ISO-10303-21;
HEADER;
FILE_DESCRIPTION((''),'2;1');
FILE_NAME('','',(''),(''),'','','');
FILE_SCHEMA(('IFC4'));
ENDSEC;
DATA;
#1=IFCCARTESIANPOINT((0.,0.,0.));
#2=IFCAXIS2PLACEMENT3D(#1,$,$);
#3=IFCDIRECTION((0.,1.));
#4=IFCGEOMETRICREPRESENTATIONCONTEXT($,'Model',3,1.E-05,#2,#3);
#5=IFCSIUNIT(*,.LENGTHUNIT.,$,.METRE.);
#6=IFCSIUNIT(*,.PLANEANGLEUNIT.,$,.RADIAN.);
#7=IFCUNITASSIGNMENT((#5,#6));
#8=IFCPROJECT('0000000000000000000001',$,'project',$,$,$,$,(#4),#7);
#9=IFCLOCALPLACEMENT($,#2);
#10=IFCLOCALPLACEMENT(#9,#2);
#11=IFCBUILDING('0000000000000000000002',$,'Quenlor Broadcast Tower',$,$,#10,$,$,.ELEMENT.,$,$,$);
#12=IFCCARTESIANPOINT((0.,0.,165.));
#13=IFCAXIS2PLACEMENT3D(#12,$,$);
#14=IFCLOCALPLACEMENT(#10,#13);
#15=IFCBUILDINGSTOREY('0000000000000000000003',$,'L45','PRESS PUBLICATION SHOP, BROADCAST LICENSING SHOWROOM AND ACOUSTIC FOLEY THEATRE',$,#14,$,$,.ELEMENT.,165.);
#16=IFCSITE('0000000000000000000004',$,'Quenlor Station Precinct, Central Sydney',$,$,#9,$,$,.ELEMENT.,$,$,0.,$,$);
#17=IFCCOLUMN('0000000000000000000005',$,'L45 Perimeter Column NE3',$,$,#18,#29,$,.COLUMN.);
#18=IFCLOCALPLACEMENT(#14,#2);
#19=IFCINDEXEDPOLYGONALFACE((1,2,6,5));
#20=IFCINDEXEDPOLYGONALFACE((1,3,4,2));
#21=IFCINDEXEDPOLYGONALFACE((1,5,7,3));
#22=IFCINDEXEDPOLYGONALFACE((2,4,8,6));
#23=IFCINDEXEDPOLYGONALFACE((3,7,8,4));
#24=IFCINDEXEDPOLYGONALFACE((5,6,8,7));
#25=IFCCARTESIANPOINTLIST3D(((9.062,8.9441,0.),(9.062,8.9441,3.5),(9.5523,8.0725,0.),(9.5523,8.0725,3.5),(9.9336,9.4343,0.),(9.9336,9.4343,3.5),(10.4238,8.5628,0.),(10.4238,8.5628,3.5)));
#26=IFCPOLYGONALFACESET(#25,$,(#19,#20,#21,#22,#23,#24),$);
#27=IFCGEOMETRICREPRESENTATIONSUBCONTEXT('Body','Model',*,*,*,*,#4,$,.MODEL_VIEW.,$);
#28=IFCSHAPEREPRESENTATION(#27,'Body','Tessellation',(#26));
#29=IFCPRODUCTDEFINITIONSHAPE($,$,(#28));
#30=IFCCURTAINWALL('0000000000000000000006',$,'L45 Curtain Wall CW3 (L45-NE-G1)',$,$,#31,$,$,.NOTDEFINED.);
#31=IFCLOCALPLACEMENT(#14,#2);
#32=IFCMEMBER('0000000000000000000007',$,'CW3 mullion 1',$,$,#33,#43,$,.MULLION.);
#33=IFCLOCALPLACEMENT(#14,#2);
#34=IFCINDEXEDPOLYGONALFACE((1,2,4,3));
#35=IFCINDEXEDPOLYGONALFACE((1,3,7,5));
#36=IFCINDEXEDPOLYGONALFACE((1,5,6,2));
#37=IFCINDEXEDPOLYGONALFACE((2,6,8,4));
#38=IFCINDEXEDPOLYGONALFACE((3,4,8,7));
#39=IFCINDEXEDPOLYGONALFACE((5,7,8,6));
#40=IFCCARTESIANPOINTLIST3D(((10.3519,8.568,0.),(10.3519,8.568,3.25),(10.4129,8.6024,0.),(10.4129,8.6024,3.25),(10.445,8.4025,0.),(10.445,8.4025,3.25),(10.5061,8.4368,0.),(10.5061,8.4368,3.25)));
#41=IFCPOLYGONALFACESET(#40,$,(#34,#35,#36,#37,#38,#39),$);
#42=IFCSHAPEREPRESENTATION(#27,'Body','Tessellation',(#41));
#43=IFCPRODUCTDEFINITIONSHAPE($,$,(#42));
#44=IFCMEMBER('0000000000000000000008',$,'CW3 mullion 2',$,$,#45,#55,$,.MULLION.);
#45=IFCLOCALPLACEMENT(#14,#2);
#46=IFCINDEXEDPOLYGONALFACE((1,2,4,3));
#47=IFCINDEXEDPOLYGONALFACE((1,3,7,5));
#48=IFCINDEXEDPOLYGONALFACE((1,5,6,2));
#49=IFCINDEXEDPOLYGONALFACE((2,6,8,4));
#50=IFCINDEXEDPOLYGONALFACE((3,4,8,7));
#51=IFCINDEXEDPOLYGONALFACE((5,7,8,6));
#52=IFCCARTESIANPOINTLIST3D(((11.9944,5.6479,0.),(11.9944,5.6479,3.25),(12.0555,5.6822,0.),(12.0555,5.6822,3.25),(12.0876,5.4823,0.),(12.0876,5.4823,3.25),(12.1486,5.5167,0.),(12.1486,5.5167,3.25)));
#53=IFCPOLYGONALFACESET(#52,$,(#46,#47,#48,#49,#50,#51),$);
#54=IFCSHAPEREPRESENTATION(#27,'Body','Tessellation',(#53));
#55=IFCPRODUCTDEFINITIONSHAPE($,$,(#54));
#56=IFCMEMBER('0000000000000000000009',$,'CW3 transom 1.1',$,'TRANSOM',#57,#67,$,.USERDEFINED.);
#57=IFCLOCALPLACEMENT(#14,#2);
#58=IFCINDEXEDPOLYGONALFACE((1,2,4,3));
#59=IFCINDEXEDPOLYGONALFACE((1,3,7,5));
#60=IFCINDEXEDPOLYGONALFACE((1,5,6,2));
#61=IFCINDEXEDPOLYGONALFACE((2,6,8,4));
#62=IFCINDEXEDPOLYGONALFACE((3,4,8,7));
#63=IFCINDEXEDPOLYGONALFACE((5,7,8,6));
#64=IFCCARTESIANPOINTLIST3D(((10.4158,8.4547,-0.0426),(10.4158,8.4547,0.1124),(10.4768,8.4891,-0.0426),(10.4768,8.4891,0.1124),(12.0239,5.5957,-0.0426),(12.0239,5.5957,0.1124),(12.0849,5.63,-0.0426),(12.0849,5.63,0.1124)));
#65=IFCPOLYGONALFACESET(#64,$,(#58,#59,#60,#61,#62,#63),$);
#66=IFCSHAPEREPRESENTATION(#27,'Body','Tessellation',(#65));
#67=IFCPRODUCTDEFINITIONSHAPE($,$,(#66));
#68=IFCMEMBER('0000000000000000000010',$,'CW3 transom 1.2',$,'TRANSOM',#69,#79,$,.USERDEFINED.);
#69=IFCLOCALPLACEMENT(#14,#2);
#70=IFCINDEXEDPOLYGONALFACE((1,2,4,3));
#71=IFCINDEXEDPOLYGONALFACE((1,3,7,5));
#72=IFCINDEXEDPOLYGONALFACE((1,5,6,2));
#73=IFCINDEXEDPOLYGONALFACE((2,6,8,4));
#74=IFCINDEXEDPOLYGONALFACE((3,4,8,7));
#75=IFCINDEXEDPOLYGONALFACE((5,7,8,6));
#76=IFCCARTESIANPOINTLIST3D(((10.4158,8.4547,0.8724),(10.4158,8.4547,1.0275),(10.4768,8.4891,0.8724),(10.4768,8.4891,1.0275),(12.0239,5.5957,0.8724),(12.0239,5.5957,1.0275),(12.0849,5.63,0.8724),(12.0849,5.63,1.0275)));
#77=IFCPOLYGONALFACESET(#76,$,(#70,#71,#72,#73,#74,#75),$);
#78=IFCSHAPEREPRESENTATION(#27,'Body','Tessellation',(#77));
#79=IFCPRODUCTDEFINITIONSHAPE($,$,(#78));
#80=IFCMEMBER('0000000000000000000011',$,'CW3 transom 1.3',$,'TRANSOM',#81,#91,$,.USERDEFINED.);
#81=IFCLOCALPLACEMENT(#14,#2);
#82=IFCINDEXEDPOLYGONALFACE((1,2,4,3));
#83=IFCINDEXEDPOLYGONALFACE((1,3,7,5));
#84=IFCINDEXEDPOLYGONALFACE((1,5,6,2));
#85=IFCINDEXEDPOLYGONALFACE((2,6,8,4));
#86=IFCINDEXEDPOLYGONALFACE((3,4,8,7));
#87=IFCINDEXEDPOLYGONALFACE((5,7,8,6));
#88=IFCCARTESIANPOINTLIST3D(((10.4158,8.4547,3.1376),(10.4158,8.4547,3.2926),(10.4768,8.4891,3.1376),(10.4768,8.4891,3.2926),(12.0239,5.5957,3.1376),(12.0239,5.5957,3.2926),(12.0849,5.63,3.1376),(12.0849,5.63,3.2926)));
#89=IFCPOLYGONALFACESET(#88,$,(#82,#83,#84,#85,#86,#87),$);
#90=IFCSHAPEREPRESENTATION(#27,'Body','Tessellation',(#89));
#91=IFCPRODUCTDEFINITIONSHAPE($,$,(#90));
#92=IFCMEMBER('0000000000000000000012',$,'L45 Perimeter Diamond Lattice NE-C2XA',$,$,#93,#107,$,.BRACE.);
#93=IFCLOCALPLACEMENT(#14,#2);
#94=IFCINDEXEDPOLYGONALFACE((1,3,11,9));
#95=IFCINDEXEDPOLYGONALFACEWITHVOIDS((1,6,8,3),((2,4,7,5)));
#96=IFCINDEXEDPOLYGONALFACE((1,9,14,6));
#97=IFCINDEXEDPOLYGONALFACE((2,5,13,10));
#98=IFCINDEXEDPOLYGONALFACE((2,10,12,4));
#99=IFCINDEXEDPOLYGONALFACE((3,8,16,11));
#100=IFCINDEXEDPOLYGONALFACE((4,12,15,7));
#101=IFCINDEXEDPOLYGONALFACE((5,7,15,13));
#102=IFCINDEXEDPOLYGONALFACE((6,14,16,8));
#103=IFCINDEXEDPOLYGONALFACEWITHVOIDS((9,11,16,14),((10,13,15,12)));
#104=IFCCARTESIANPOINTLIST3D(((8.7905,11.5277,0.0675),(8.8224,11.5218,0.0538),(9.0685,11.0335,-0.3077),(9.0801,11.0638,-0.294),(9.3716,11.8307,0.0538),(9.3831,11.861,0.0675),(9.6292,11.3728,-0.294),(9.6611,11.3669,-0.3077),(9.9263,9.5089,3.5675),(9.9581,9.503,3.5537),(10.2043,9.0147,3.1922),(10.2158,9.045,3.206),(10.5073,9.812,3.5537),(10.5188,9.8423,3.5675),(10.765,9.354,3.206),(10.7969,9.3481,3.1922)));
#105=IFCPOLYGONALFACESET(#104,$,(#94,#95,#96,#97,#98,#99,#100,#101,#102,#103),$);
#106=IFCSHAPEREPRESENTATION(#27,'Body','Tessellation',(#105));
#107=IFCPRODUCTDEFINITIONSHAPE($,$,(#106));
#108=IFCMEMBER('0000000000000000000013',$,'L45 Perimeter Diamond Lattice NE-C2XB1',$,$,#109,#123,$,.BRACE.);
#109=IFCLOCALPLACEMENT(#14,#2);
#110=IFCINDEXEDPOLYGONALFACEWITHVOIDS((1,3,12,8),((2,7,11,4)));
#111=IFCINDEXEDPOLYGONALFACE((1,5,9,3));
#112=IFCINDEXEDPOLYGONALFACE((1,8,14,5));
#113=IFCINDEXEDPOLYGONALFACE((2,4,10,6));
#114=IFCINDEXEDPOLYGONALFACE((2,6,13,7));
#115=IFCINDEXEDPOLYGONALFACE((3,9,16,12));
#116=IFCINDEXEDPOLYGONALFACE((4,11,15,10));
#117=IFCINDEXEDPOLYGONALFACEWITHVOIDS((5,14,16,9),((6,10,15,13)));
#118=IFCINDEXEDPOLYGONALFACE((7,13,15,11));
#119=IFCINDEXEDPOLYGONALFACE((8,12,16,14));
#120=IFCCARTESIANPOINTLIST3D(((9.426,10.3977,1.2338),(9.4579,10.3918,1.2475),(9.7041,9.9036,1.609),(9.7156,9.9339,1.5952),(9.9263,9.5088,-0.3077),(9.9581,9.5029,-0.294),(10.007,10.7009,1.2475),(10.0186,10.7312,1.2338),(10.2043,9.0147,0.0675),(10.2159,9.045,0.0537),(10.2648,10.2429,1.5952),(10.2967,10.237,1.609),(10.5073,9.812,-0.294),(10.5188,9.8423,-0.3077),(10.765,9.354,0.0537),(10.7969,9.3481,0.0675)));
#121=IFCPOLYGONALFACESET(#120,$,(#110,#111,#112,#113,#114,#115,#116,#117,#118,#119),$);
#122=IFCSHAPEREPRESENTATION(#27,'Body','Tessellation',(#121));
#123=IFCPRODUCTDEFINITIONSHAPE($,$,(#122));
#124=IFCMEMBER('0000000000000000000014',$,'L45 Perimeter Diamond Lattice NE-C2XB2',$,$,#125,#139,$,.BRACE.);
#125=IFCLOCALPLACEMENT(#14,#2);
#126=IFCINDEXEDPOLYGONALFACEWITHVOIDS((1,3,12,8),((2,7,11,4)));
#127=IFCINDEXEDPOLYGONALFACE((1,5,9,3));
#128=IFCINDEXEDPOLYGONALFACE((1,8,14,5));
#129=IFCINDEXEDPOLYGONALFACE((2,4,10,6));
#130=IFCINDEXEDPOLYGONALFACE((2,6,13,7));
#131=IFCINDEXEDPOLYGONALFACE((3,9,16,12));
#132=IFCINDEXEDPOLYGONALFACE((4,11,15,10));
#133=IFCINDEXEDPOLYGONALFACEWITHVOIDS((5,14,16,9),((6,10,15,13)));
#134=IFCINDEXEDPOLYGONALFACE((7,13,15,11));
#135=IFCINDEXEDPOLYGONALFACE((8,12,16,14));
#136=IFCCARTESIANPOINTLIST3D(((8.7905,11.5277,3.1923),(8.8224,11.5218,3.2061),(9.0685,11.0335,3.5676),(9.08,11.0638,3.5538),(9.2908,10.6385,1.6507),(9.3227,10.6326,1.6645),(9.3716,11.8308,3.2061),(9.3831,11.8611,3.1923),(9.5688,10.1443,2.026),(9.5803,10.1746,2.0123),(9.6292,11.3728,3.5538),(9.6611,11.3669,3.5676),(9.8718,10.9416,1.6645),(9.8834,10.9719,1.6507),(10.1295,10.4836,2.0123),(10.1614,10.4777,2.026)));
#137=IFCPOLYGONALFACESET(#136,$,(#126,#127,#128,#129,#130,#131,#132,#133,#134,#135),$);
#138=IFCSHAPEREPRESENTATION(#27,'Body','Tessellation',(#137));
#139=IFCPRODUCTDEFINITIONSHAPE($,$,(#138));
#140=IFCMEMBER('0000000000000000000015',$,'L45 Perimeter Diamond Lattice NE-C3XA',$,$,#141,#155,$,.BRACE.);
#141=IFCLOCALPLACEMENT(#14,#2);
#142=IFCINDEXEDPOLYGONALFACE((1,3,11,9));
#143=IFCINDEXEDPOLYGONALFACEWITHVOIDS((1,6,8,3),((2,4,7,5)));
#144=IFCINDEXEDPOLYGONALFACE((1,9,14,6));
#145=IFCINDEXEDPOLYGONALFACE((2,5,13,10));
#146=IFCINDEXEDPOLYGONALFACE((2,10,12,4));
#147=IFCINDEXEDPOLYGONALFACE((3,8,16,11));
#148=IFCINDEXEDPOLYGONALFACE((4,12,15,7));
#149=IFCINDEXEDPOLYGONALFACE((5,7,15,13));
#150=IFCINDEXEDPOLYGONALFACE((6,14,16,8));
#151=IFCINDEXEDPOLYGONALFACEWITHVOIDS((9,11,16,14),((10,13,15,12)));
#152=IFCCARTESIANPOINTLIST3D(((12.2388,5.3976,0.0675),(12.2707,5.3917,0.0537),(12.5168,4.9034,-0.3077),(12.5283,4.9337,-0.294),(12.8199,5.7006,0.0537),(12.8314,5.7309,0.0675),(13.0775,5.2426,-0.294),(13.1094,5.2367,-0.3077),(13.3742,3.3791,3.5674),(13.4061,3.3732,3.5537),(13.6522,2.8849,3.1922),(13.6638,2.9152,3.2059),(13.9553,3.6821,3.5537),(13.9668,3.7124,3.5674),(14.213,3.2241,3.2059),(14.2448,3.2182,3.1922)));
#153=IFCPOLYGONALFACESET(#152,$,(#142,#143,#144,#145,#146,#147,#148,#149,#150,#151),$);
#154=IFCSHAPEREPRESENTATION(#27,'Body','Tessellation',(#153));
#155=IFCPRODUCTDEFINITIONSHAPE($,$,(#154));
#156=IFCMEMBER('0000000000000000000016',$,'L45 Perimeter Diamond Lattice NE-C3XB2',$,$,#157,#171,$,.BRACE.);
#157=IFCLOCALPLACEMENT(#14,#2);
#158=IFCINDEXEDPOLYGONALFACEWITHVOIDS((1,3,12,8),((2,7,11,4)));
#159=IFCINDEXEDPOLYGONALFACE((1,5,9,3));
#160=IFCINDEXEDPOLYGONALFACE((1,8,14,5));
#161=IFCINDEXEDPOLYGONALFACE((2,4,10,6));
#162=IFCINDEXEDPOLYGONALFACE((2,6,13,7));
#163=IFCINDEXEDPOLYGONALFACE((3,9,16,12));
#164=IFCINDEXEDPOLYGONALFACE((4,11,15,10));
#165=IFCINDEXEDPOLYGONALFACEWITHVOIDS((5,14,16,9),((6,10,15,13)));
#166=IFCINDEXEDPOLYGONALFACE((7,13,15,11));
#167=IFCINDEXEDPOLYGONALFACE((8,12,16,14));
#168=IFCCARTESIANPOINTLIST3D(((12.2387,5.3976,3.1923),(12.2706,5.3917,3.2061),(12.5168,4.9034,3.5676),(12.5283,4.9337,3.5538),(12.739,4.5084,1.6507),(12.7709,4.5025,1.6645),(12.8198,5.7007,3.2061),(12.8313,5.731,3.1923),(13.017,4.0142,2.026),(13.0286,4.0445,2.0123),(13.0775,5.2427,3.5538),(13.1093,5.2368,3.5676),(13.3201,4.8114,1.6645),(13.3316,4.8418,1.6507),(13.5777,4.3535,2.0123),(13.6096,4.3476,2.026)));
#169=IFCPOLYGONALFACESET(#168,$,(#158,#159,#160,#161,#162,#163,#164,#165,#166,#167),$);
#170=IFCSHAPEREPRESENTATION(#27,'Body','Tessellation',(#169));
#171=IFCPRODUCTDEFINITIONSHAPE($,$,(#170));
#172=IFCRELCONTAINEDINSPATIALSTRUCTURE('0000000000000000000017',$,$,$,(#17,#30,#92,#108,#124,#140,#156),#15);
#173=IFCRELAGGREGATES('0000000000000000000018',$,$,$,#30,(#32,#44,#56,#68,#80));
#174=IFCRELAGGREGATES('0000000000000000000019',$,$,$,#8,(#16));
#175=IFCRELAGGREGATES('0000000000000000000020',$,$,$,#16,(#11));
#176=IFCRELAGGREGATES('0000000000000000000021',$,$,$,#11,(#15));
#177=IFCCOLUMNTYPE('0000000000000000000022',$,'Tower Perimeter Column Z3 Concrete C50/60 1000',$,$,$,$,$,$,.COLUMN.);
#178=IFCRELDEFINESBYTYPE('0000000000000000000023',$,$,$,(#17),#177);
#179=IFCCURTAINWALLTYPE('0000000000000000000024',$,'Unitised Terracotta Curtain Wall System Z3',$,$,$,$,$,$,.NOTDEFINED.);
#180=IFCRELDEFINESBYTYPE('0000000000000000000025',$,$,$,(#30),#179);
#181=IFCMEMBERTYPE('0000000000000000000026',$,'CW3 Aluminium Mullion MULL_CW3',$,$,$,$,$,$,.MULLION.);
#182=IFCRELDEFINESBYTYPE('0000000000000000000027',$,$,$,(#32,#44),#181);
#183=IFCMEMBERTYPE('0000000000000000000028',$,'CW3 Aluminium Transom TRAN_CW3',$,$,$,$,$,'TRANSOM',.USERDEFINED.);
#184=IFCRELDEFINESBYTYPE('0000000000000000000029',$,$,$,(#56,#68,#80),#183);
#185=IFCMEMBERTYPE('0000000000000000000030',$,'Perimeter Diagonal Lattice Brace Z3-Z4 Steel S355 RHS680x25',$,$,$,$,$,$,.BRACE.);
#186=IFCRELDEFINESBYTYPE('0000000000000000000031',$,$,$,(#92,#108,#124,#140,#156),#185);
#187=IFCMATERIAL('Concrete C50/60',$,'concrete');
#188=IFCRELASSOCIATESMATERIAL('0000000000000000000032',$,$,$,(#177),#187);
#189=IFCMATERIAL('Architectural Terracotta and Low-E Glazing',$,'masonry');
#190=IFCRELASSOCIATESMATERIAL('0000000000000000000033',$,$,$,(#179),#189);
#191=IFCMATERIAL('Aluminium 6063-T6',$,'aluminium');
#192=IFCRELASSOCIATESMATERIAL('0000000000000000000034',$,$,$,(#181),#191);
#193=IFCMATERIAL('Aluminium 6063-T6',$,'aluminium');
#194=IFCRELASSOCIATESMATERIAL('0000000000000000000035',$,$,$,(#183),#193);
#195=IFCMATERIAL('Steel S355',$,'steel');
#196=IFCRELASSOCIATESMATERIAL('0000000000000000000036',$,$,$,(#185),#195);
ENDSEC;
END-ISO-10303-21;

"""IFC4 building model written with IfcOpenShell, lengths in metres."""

from ifc_helpers import new_model, si_unit, direction, frame, origin, origin_2d, place, context, subcontext, project, spatial, rectangle, hollow_rectangle, extrude, material, material_profile, profile_set, type_object, element, aggregate, save


model = new_model("IFC4")

# Units and contexts
model_context = context("Model", 3, precision=1e-05, world=origin(), true_north=direction((0.0, 1.0)))
body_context = subcontext(model_context, "Body", "Model", "MODEL_VIEW")
ifc_project = project(units=[si_unit("LENGTHUNIT", "METRE"), si_unit("PLANEANGLEUNIT", "RADIAN")], contexts=[model_context])

# Site, building, storey
site_placement = place(None, origin())
site = spatial("IfcSite", under=ifc_project, at=site_placement, Name="Quenlor Station Precinct, Central Sydney", CompositionType="ELEMENT", RefElevation=0.0)
building_placement = place(site_placement, origin())
building = spatial("IfcBuilding", under=site, at=building_placement, Name="Quenlor Broadcast Tower", CompositionType="ELEMENT")
storey_placement = place(building_placement, frame((0.0, 0.0, 165.0)))
storey = spatial("IfcBuildingStorey", under=building, at=storey_placement, Name="L45", Description="PRESS PUBLICATION SHOP, BROADCAST LICENSING SHOWROOM AND ACOUSTIC FOLEY THEATRE", CompositionType="ELEMENT", Elevation=165.0)

# Column
ifc_material_1 = material(Name="Concrete C50/60", Category="concrete")
ifc_material_profile_1 = material_profile(ifc_material_1, rectangle(XDim=1.0, YDim=1.0, at=origin_2d()))
ifc_profile_set_1 = profile_set([ifc_material_profile_1], Name="Concrete C50/60 RC1000x1000")
column_type = type_object("IfcColumnType", Name="Tower Perimeter Column Z3 Concrete C50/60 1000", PredefinedType="COLUMN", material=ifc_profile_set_1)
column_placement = place(storey_placement, frame((9.7429, 8.7534, 0.0), z_axis=(0.0, 0.0, 1.0), x_axis=(0.871575, 0.490262, 0.0)))
element("IfcColumn", 1, at=column_placement, inside=storey, type_object=column_type, Name="L45 Perimeter Column NE3", PredefinedType="COLUMN", context=body_context, shape_type="SweptSolid", body=[
    extrude(rectangle(XDim=1.0, YDim=1.0, at=origin_2d()), origin(), (0.0, 0.0, 1.0), 3.5),
])

# Curtain wall, members
ifc_material_2 = material(Name="Architectural Terracotta and Low-E Glazing", Category="masonry")
curtain_wall_type = type_object("IfcCurtainWallType", Name="Unitised Terracotta Curtain Wall System Z3", PredefinedType="NOTDEFINED", material=ifc_material_2)
curtain_wall_placement = place(storey_placement, origin())
curtain_wall = element("IfcCurtainWall", 2, at=curtain_wall_placement, inside=storey, type_object=curtain_wall_type, Name="L45 Curtain Wall CW3 (L45-NE-G1)", PredefinedType="NOTDEFINED")
ifc_material_3 = material(Name="Aluminium 6063-T6", Category="aluminium")
ifc_material_profile_2 = material_profile(ifc_material_3, rectangle(XDim=0.0701, YDim=0.1899, at=origin_2d()))
ifc_profile_set_2 = profile_set([ifc_material_profile_2], Name="Aluminium 6063-T6 MULL70x190")
member_type_1 = type_object("IfcMemberType", Name="CW3 Aluminium Mullion MULL_CW3", PredefinedType="MULLION", material=ifc_profile_set_2)
member_1_placement = place(storey_placement, frame((10.429, 8.5024, 0.0), z_axis=(0.0, 0.0, 1.0), x_axis=(0.871579, 0.490256, 0.0)))
member_1 = element("IfcMember", 3, at=member_1_placement, type_object=member_type_1, Name="CW3 mullion 1", PredefinedType="MULLION", context=body_context, shape_type="SweptSolid", body=[
    extrude(rectangle(XDim=0.0701, YDim=0.1899, at=origin_2d()), origin(), (0.0, 0.0, 1.0), 3.25),
])
member_2_placement = place(storey_placement, frame((12.0715, 5.5823, 0.0), z_axis=(0.0, 0.0, 1.0), x_axis=(0.871579, 0.490256, 0.0)))
member_2 = element("IfcMember", 4, at=member_2_placement, type_object=member_type_1, Name="CW3 mullion 2", PredefinedType="MULLION", context=body_context, shape_type="SweptSolid", body=[
    extrude(rectangle(XDim=0.0701, YDim=0.1899, at=origin_2d()), origin(), (0.0, 0.0, 1.0), 3.25),
])
ifc_material_4 = material(Name="Aluminium 6063-T6", Category="aluminium")
ifc_material_profile_3 = material_profile(ifc_material_4, rectangle(XDim=0.0701, YDim=0.155, at=origin_2d()))
ifc_profile_set_3 = profile_set([ifc_material_profile_3], Name="Aluminium 6063-T6 TRAN70x155")
member_type_2 = type_object("IfcMemberType", Name="CW3 Aluminium Transom TRAN_CW3", ElementType="TRANSOM", PredefinedType="USERDEFINED", material=ifc_profile_set_3)
member_3_placement = place(storey_placement, frame((10.4463, 8.4719, 0.0349), z_axis=(0.490237, -0.871589, 0.0), x_axis=(0.871589, 0.490237, 0.0)))
member_3 = element("IfcMember", 5, at=member_3_placement, type_object=member_type_2, Name="CW3 transom 1.1", ObjectType="TRANSOM", PredefinedType="USERDEFINED", context=body_context, shape_type="SweptSolid", body=[
    extrude(rectangle(XDim=0.0701, YDim=0.155, at=origin_2d()), origin(), (0.0, 0.0, 1.0), 3.2803),
])
member_4_placement = place(storey_placement, frame((10.4463, 8.4719, 0.95), z_axis=(0.490237, -0.871589, 0.0), x_axis=(0.871589, 0.490237, 0.0)))
member_4 = element("IfcMember", 6, at=member_4_placement, type_object=member_type_2, Name="CW3 transom 1.2", ObjectType="TRANSOM", PredefinedType="USERDEFINED", context=body_context, shape_type="SweptSolid", body=[
    extrude(rectangle(XDim=0.0701, YDim=0.155, at=origin_2d()), origin(), (0.0, 0.0, 1.0), 3.2803),
])
member_5_placement = place(storey_placement, frame((10.4463, 8.4719, 3.2151), z_axis=(0.490237, -0.871589, 0.0), x_axis=(0.871589, 0.490237, 0.0)))
member_5 = element("IfcMember", 7, at=member_5_placement, type_object=member_type_2, Name="CW3 transom 1.3", ObjectType="TRANSOM", PredefinedType="USERDEFINED", context=body_context, shape_type="SweptSolid", body=[
    extrude(rectangle(XDim=0.0701, YDim=0.155, at=origin_2d()), origin(), (0.0, 0.0, 1.0), 3.2803),
])

# Members
ifc_material_5 = material(Name="Steel S355", Category="steel")
ifc_material_profile_4 = material_profile(ifc_material_5, hollow_rectangle(XDim=0.6799, YDim=0.6799, WallThickness=0.0249, at=origin_2d()))
ifc_profile_set_4 = profile_set([ifc_material_profile_4], Name="Steel S355 RHS680x680x25")
member_type_3 = type_object("IfcMemberType", Name="Perimeter Diagonal Lattice Brace Z3-Z4 Steel S355 RHS680x25", PredefinedType="BRACE", material=ifc_profile_set_4)
member_6_placement = place(storey_placement, frame((9.2258, 11.4473, -0.1201), z_axis=(0.270603, -0.481001, 0.833914), x_axis=(0.871545, 0.490316, 0.0)))
element("IfcMember", 8, at=member_6_placement, inside=storey, type_object=member_type_3, Name="L45 Perimeter Diamond Lattice NE-C2XA", PredefinedType="BRACE", context=body_context, shape_type="SweptSolid", body=[
    extrude(hollow_rectangle(XDim=0.6799, YDim=0.6799, WallThickness=0.0249, at=origin_2d()), origin(), (0.0, 0.0, 1.0), 4.197),
])
member_7_placement = place(storey_placement, frame((10.3616, 9.4285, -0.1201), z_axis=(-0.270634, 0.480906, 0.833958), x_axis=(-0.87148, -0.490432, 0.0)))
element("IfcMember", 9, at=member_7_placement, inside=storey, type_object=member_type_3, Name="L45 Perimeter Diamond Lattice NE-C2XB1", PredefinedType="BRACE", context=body_context, shape_type="SweptSolid", body=[
    extrude(hollow_rectangle(XDim=0.6799, YDim=0.6799, WallThickness=0.0249, at=origin_2d()), origin(), (0.0, 0.0, 1.0), 1.8484),
])
member_8_placement = place(storey_placement, frame((9.7261, 10.5581, 1.8384), z_axis=(-0.270616, 0.481008, 0.833905), x_axis=(-0.871537, -0.490329, 0.0)))
element("IfcMember", 10, at=member_8_placement, inside=storey, type_object=member_type_3, Name="L45 Perimeter Diamond Lattice NE-C2XB2", PredefinedType="BRACE", context=body_context, shape_type="SweptSolid", body=[
    extrude(hollow_rectangle(XDim=0.6799, YDim=0.6799, WallThickness=0.0249, at=origin_2d()), origin(), (0.0, 0.0, 1.0), 1.8486),
])
member_9_placement = place(storey_placement, frame((12.6741, 5.3171, -0.1201), z_axis=(0.270557, -0.480964, 0.83395), x_axis=(0.871564, 0.490281, 0.0)))
element("IfcMember", 11, at=member_9_placement, inside=storey, type_object=member_type_3, Name="L45 Perimeter Diamond Lattice NE-C3XA", PredefinedType="BRACE", context=body_context, shape_type="SweptSolid", body=[
    extrude(hollow_rectangle(XDim=0.6799, YDim=0.6799, WallThickness=0.0249, at=origin_2d()), origin(), (0.0, 0.0, 1.0), 4.1968),
])
member_10_placement = place(storey_placement, frame((13.1743, 4.428, 1.8384), z_axis=(-0.270616, 0.481008, 0.833905), x_axis=(-0.871537, -0.490329, 0.0)))
element("IfcMember", 12, at=member_10_placement, inside=storey, type_object=member_type_3, Name="L45 Perimeter Diamond Lattice NE-C3XB2", PredefinedType="BRACE", context=body_context, shape_type="SweptSolid", body=[
    extrude(hollow_rectangle(XDim=0.6799, YDim=0.6799, WallThickness=0.0249, at=origin_2d()), origin(), (0.0, 0.0, 1.0), 1.8486),
])

aggregate(curtain_wall, [member_1, member_2, member_3, member_4, member_5])

save(model, "model.ifc")
